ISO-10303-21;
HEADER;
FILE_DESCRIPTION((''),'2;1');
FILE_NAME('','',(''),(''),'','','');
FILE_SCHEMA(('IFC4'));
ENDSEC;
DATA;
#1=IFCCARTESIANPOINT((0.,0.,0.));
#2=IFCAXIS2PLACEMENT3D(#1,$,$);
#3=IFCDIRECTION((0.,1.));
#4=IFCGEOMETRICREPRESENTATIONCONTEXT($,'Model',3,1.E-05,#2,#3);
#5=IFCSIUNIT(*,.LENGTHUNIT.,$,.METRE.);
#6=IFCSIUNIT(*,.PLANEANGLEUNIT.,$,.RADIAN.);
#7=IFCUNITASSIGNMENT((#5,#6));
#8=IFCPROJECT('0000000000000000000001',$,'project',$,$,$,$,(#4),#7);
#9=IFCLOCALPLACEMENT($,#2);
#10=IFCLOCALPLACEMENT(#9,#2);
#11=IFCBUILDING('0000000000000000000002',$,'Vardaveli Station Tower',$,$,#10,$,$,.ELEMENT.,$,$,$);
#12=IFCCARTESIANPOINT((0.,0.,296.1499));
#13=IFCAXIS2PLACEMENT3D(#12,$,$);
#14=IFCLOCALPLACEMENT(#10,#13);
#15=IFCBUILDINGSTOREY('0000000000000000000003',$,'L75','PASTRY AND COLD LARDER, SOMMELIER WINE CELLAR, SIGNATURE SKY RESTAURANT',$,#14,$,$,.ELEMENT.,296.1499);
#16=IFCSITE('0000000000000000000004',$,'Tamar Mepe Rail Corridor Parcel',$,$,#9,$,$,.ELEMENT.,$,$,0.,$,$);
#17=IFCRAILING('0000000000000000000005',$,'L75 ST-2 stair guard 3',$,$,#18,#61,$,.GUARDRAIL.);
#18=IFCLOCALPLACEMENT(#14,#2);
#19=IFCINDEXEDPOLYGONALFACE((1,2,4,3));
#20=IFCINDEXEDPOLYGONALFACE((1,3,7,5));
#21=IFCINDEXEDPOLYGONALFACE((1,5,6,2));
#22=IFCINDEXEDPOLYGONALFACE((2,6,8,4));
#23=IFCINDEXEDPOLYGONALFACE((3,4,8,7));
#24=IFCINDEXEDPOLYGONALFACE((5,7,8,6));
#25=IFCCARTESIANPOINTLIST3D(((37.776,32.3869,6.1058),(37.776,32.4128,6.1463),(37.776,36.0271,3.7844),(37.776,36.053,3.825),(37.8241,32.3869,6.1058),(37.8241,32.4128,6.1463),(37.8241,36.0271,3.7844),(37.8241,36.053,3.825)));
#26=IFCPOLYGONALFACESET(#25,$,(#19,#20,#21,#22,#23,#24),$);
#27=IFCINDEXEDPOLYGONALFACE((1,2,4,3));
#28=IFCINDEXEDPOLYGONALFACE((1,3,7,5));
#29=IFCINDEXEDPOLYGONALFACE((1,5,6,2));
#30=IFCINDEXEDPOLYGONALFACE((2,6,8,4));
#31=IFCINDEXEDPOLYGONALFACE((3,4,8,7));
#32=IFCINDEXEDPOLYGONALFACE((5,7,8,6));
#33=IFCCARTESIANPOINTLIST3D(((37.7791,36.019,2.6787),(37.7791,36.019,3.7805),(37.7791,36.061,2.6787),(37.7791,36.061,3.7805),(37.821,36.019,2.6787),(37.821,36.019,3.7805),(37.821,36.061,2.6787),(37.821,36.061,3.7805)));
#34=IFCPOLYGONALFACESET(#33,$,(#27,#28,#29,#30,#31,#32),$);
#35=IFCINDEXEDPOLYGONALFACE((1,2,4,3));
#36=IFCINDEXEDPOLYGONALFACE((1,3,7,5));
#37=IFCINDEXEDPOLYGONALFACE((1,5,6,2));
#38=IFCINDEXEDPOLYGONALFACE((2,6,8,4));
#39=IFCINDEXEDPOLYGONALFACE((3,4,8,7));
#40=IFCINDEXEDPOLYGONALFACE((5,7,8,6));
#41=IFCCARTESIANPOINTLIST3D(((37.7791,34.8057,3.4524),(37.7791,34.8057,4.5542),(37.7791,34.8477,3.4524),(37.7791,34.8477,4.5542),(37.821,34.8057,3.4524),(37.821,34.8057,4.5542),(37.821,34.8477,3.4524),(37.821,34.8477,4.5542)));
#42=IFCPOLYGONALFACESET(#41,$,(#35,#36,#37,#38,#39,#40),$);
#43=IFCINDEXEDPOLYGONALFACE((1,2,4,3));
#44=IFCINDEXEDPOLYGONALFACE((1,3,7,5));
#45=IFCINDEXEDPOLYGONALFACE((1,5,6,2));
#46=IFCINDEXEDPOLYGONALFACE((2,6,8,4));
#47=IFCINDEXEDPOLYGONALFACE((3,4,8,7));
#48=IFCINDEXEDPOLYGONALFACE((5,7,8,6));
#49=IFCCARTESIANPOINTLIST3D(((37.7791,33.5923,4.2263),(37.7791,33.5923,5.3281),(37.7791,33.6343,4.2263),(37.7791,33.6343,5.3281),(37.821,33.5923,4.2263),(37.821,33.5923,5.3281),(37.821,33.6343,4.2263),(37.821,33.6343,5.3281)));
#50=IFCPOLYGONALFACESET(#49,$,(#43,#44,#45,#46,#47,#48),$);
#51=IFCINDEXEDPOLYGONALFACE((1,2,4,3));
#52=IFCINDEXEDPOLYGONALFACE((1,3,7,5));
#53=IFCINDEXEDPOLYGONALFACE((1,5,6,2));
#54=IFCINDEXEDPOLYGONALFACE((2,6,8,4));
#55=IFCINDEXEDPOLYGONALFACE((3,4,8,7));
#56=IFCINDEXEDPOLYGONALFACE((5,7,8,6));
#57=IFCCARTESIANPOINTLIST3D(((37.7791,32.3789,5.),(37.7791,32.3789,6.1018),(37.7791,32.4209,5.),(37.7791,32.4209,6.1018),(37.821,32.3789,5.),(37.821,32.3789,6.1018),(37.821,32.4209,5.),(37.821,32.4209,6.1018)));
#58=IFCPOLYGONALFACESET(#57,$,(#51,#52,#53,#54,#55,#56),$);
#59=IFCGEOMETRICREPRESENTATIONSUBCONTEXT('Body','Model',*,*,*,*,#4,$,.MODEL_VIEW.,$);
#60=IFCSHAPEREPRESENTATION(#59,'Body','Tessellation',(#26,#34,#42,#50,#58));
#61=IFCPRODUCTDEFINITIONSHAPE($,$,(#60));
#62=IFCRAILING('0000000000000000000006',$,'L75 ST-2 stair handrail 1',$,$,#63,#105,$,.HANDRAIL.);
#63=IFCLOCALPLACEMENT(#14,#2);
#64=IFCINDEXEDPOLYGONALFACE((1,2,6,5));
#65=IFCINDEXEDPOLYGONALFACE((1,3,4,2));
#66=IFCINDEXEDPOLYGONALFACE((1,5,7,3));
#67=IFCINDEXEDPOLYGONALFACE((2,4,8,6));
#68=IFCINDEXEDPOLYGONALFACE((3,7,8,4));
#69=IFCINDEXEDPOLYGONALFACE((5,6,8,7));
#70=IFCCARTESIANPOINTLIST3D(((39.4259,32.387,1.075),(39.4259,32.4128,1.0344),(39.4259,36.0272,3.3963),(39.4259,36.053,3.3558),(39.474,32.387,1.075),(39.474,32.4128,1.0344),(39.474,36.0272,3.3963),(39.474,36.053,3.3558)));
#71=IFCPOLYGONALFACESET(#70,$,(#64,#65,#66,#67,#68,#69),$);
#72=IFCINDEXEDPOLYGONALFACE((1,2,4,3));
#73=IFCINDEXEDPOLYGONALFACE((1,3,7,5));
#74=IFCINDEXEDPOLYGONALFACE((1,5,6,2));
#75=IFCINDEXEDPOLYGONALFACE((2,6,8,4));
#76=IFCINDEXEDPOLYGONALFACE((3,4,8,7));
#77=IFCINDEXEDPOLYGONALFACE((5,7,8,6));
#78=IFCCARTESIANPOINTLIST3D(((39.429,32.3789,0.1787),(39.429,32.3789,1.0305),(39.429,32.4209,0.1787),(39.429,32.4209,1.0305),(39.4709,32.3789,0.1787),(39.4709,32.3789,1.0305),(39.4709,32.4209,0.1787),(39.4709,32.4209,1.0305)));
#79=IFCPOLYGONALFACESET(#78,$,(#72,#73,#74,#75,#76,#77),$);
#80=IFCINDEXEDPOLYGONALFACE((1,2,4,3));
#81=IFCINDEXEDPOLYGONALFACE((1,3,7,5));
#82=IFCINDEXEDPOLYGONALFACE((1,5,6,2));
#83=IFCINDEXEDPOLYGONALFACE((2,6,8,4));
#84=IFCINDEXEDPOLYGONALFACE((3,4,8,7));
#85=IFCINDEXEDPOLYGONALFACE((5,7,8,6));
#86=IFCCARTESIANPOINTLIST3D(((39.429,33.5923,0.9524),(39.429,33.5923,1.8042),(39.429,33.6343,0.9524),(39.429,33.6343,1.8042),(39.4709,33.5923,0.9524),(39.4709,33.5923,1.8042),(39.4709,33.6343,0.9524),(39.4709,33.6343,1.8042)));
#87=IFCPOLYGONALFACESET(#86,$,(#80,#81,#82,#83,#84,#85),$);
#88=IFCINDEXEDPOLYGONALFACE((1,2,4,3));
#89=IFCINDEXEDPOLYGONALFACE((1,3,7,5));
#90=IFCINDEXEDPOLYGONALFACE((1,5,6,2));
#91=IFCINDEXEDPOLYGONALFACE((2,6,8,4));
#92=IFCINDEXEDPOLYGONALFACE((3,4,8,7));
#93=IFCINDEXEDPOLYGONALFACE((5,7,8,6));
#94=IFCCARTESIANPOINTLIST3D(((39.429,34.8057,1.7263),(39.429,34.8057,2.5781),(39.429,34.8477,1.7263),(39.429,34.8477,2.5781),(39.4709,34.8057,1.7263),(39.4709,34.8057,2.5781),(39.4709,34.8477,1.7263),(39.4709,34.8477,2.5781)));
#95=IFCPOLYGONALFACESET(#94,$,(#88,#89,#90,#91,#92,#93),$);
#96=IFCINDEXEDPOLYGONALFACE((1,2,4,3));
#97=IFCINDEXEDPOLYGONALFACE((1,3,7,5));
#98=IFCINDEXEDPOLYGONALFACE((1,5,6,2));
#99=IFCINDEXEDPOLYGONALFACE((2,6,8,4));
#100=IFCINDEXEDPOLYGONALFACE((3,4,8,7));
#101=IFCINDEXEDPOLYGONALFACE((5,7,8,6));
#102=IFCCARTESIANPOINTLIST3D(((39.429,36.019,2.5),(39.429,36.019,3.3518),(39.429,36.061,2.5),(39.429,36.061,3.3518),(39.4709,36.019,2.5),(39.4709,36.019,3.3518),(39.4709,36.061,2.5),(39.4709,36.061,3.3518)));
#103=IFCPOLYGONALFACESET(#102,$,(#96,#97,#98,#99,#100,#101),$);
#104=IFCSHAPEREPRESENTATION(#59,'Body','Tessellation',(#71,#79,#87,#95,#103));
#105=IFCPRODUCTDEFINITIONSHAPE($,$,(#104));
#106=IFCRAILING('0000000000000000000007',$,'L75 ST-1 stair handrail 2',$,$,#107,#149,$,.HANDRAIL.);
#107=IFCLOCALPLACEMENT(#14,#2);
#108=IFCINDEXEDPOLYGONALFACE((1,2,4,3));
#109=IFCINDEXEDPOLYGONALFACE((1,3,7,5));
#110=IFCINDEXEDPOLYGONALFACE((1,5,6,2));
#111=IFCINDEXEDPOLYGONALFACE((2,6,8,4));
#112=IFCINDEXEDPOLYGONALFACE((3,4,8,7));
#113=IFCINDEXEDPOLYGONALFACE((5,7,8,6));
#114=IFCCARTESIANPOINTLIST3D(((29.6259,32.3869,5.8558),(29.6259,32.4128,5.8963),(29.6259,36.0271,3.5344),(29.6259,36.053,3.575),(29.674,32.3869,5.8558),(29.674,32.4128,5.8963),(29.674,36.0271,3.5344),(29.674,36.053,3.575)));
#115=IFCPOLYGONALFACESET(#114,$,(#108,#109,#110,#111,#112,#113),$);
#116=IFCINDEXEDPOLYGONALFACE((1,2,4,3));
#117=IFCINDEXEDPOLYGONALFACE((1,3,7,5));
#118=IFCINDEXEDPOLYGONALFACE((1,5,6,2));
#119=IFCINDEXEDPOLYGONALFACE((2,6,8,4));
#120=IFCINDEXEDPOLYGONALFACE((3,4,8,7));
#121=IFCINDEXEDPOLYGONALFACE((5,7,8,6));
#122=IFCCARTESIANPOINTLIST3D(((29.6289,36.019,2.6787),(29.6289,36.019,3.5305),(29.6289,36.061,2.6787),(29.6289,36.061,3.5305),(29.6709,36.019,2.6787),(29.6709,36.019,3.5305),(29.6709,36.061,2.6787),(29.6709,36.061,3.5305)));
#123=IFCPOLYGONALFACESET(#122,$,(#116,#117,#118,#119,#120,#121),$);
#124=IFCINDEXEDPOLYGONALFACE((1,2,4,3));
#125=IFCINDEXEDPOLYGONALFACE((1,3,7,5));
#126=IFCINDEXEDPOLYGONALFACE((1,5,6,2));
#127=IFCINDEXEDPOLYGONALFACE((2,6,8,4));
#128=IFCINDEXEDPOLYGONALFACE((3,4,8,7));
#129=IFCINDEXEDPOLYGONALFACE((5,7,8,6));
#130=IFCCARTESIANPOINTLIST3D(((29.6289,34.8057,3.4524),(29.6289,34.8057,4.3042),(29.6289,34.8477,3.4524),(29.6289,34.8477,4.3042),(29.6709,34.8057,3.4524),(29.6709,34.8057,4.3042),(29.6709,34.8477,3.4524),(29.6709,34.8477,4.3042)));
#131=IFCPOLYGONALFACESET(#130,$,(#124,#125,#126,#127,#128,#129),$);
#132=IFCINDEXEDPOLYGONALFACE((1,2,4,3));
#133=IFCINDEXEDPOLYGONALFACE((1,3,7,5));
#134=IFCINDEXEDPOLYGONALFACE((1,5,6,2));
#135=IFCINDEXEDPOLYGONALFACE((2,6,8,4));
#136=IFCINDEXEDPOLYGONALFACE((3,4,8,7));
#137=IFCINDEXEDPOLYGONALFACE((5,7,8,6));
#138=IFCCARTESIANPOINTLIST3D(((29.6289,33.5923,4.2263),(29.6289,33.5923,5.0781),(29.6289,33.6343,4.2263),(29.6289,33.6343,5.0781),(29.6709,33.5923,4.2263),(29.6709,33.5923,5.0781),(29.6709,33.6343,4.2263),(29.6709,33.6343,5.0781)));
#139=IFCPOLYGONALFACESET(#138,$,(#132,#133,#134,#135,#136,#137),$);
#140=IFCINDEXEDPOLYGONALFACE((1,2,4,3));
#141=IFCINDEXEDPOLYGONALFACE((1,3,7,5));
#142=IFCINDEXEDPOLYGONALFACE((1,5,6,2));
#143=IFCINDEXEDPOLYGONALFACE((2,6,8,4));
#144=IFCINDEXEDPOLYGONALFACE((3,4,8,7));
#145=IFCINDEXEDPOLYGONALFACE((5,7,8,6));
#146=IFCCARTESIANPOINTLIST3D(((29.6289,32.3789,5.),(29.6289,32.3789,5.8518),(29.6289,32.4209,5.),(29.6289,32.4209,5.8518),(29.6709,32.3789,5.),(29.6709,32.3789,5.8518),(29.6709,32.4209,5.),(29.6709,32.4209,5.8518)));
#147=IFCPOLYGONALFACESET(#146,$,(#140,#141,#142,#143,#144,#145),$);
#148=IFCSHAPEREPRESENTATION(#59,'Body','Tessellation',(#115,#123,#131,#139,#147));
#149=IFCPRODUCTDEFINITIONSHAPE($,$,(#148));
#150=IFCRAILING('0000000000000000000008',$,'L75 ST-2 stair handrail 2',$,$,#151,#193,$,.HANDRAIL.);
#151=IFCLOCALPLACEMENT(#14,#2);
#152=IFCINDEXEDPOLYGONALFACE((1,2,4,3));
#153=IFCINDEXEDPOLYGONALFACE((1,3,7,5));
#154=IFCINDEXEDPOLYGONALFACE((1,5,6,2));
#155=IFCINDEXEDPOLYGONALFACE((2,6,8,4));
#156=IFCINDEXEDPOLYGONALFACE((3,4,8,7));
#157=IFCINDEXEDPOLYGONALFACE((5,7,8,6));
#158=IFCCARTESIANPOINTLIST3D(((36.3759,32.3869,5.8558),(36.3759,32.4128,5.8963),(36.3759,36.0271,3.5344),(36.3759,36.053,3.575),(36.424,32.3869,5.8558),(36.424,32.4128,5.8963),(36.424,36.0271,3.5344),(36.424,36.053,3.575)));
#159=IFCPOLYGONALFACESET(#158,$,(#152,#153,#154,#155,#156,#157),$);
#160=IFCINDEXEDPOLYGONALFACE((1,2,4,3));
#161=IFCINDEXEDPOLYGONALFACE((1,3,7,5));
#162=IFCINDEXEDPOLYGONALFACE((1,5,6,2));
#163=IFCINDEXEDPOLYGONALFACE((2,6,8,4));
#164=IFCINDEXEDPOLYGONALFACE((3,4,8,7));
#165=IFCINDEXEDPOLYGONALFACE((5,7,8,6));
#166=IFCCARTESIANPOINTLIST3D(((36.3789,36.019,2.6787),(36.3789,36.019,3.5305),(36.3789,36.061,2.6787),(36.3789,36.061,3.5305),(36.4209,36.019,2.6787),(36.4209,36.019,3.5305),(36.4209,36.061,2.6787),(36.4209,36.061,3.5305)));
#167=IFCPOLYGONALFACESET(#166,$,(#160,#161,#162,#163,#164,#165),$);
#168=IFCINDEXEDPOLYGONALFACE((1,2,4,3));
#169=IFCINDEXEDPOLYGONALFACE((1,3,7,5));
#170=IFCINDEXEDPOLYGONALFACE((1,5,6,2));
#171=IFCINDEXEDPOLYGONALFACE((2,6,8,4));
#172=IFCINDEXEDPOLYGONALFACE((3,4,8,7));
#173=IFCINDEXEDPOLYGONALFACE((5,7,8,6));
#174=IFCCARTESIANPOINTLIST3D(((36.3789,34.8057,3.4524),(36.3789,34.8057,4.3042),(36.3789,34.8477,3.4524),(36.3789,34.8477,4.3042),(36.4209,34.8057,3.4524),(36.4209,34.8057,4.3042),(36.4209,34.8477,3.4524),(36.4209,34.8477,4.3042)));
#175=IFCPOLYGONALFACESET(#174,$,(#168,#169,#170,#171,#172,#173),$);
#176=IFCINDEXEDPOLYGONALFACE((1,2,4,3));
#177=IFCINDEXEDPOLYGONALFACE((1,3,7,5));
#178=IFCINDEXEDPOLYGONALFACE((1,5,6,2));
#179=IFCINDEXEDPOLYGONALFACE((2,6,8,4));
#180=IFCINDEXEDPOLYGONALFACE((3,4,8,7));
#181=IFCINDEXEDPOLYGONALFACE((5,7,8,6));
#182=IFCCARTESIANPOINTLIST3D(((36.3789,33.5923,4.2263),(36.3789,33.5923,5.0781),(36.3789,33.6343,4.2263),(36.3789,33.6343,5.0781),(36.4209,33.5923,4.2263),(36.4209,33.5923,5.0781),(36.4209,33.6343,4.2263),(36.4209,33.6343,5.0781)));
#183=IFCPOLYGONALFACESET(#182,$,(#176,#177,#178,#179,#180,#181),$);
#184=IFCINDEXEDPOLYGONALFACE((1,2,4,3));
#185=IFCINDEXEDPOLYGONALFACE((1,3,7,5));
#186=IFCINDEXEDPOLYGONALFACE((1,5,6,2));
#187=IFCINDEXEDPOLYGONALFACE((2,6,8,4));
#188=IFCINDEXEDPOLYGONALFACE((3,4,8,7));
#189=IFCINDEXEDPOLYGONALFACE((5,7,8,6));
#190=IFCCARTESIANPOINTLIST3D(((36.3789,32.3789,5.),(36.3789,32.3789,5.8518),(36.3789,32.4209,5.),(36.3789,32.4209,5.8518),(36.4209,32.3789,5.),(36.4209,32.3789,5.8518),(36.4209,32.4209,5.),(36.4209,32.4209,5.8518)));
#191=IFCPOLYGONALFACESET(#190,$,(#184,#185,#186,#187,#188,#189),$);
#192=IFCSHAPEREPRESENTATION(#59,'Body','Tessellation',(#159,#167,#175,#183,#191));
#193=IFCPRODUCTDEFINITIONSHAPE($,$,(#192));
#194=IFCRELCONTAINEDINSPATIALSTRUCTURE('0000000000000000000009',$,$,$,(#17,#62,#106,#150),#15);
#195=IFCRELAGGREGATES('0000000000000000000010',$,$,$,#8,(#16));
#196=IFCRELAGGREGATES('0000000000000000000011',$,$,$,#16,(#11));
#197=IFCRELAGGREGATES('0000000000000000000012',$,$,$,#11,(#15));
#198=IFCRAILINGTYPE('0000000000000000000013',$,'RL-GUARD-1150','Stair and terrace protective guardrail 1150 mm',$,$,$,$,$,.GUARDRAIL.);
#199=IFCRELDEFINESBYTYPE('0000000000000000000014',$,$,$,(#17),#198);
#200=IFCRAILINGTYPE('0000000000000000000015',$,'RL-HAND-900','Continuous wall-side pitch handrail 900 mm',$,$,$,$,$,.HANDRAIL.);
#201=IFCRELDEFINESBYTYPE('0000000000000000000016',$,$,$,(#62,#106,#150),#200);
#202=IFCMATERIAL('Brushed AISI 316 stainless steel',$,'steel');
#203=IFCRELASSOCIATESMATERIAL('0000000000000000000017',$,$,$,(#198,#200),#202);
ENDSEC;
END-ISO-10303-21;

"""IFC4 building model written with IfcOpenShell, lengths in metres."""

from ifc_helpers import new_model, si_unit, direction, frame, origin, origin_2d, place, context, subcontext, project, spatial, rectangle, extrude, source, transform, mapped, material, type_object, element, save


model = new_model("IFC4")

# Units and contexts
model_context = context("Model", 3, precision=1e-05, world=origin(), true_north=direction((0.0, 1.0)))
body_context = subcontext(model_context, "Body", "Model", "MODEL_VIEW")
ifc_project = project(units=[si_unit("LENGTHUNIT", "METRE"), si_unit("PLANEANGLEUNIT", "RADIAN")], contexts=[model_context])

# Site, building, storey
site_placement = place(None, origin())
site = spatial("IfcSite", under=ifc_project, at=site_placement, Name="Tamar Mepe Rail Corridor Parcel", CompositionType="ELEMENT", RefElevation=0.0)
building_placement = place(site_placement, origin())
building = spatial("IfcBuilding", under=site, at=building_placement, Name="Vardaveli Station Tower", CompositionType="ELEMENT")
storey_placement = place(building_placement, frame((0.0, 0.0, 296.1499)))
storey = spatial("IfcBuildingStorey", under=building, at=storey_placement, Name="L75", Description="PASTRY AND COLD LARDER, SOMMELIER WINE CELLAR, SIGNATURE SKY RESTAURANT", CompositionType="ELEMENT", Elevation=296.1499)

# Railings
ifc_material_1 = material(Name="Brushed AISI 316 stainless steel", Category="steel")
railing_type_1 = type_object("IfcRailingType", Name="RL-GUARD-1150", Description="Stair and terrace protective guardrail 1150 mm", PredefinedType="GUARDRAIL", material=ifc_material_1)
shared_shape_1 = source(origin(), body_context, "Body", "SweptSolid", [
    extrude(rectangle(XDim=0.0481, YDim=0.0481, at=origin_2d()), frame((0.0, 0.0, 1.126), z_axis=(0.0, -0.843153, 0.537673), x_axis=(1.0, 0.0, 0.0)), (0.0, 0.0, 1.0), 4.3174),
    extrude(rectangle(XDim=0.042, YDim=0.042, at=origin_2d()), origin(), (0.0, 0.0, 1.0), 1.1018),
    extrude(rectangle(XDim=0.042, YDim=0.042, at=origin_2d()), frame((0.0, -1.2134, 0.7737)), (0.0, 0.0, 1.0), 1.1018),
    extrude(rectangle(XDim=0.042, YDim=0.042, at=origin_2d()), frame((0.0, -2.4268, 1.5476)), (0.0, 0.0, 1.0), 1.1018),
    extrude(rectangle(XDim=0.042, YDim=0.042, at=origin_2d()), frame((0.0, -3.6401, 2.3213)), (0.0, 0.0, 1.0), 1.1018),
])
for number, where, name in (
    (1, (37.8, 36.04, 2.6787), "L75 ST-2 stair guard 3"),
):
    element("IfcRailing", number, at=place(storey_placement, frame(where)), inside=storey, type_object=railing_type_1, Name=name, PredefinedType="GUARDRAIL", context=body_context, shape_type="MappedRepresentation", body=[
        mapped(shared_shape_1, transform((0.0, 0.0, 0.0), scale=1.0)),
    ])
railing_type_2 = type_object("IfcRailingType", Name="RL-HAND-900", Description="Continuous wall-side pitch handrail 900 mm", PredefinedType="HANDRAIL", material=ifc_material_1)
shared_shape_2 = source(origin(), body_context, "Body", "SweptSolid", [
    extrude(rectangle(XDim=0.0481, YDim=0.0481, at=origin_2d()), frame((0.0, 0.0, 0.876), z_axis=(0.0, 0.843153, 0.537673), x_axis=(-1.0, 0.0, 0.0)), (0.0, 0.0, 1.0), 4.3174),
    extrude(rectangle(XDim=0.042, YDim=0.042, at=origin_2d()), origin(), (0.0, 0.0, 1.0), 0.8518),
    extrude(rectangle(XDim=0.042, YDim=0.042, at=origin_2d()), frame((0.0, 1.2134, 0.7737)), (0.0, 0.0, 1.0), 0.8518),
    extrude(rectangle(XDim=0.042, YDim=0.042, at=origin_2d()), frame((0.0, 2.4268, 1.5476)), (0.0, 0.0, 1.0), 0.8518),
    extrude(rectangle(XDim=0.042, YDim=0.042, at=origin_2d()), frame((0.0, 3.6401, 2.3213)), (0.0, 0.0, 1.0), 0.8518),
])
railing_placement = place(storey_placement, frame((39.45, 32.3999, 0.1787)))
element("IfcRailing", 2, at=railing_placement, inside=storey, type_object=railing_type_2, Name="L75 ST-2 stair handrail 1", PredefinedType="HANDRAIL", context=body_context, shape_type="MappedRepresentation", body=[
    mapped(shared_shape_2, transform((0.0, 0.0, 0.0), scale=1.0)),
])
shared_shape_3 = source(origin(), body_context, "Body", "SweptSolid", [
    extrude(rectangle(XDim=0.0481, YDim=0.0481, at=origin_2d()), frame((0.0, 0.0, 0.876), z_axis=(0.0, -0.843153, 0.537673), x_axis=(1.0, 0.0, 0.0)), (0.0, 0.0, 1.0), 4.3174),
    extrude(rectangle(XDim=0.042, YDim=0.042, at=origin_2d()), origin(), (0.0, 0.0, 1.0), 0.8518),
    extrude(rectangle(XDim=0.042, YDim=0.042, at=origin_2d()), frame((0.0, -1.2134, 0.7737)), (0.0, 0.0, 1.0), 0.8518),
    extrude(rectangle(XDim=0.042, YDim=0.042, at=origin_2d()), frame((0.0, -2.4268, 1.5476)), (0.0, 0.0, 1.0), 0.8518),
    extrude(rectangle(XDim=0.042, YDim=0.042, at=origin_2d()), frame((0.0, -3.6401, 2.3213)), (0.0, 0.0, 1.0), 0.8518),
])
for number, where, name in (
    (3, (29.6499, 36.04, 2.6787), "L75 ST-1 stair handrail 2"),
    (4, (36.3999, 36.04, 2.6787), "L75 ST-2 stair handrail 2"),
):
    element("IfcRailing", number, at=place(storey_placement, frame(where)), inside=storey, type_object=railing_type_2, Name=name, PredefinedType="HANDRAIL", context=body_context, shape_type="MappedRepresentation", body=[
        mapped(shared_shape_3, transform((0.0, 0.0, 0.0), scale=1.0)),
    ])

save(model, "model.ifc")
